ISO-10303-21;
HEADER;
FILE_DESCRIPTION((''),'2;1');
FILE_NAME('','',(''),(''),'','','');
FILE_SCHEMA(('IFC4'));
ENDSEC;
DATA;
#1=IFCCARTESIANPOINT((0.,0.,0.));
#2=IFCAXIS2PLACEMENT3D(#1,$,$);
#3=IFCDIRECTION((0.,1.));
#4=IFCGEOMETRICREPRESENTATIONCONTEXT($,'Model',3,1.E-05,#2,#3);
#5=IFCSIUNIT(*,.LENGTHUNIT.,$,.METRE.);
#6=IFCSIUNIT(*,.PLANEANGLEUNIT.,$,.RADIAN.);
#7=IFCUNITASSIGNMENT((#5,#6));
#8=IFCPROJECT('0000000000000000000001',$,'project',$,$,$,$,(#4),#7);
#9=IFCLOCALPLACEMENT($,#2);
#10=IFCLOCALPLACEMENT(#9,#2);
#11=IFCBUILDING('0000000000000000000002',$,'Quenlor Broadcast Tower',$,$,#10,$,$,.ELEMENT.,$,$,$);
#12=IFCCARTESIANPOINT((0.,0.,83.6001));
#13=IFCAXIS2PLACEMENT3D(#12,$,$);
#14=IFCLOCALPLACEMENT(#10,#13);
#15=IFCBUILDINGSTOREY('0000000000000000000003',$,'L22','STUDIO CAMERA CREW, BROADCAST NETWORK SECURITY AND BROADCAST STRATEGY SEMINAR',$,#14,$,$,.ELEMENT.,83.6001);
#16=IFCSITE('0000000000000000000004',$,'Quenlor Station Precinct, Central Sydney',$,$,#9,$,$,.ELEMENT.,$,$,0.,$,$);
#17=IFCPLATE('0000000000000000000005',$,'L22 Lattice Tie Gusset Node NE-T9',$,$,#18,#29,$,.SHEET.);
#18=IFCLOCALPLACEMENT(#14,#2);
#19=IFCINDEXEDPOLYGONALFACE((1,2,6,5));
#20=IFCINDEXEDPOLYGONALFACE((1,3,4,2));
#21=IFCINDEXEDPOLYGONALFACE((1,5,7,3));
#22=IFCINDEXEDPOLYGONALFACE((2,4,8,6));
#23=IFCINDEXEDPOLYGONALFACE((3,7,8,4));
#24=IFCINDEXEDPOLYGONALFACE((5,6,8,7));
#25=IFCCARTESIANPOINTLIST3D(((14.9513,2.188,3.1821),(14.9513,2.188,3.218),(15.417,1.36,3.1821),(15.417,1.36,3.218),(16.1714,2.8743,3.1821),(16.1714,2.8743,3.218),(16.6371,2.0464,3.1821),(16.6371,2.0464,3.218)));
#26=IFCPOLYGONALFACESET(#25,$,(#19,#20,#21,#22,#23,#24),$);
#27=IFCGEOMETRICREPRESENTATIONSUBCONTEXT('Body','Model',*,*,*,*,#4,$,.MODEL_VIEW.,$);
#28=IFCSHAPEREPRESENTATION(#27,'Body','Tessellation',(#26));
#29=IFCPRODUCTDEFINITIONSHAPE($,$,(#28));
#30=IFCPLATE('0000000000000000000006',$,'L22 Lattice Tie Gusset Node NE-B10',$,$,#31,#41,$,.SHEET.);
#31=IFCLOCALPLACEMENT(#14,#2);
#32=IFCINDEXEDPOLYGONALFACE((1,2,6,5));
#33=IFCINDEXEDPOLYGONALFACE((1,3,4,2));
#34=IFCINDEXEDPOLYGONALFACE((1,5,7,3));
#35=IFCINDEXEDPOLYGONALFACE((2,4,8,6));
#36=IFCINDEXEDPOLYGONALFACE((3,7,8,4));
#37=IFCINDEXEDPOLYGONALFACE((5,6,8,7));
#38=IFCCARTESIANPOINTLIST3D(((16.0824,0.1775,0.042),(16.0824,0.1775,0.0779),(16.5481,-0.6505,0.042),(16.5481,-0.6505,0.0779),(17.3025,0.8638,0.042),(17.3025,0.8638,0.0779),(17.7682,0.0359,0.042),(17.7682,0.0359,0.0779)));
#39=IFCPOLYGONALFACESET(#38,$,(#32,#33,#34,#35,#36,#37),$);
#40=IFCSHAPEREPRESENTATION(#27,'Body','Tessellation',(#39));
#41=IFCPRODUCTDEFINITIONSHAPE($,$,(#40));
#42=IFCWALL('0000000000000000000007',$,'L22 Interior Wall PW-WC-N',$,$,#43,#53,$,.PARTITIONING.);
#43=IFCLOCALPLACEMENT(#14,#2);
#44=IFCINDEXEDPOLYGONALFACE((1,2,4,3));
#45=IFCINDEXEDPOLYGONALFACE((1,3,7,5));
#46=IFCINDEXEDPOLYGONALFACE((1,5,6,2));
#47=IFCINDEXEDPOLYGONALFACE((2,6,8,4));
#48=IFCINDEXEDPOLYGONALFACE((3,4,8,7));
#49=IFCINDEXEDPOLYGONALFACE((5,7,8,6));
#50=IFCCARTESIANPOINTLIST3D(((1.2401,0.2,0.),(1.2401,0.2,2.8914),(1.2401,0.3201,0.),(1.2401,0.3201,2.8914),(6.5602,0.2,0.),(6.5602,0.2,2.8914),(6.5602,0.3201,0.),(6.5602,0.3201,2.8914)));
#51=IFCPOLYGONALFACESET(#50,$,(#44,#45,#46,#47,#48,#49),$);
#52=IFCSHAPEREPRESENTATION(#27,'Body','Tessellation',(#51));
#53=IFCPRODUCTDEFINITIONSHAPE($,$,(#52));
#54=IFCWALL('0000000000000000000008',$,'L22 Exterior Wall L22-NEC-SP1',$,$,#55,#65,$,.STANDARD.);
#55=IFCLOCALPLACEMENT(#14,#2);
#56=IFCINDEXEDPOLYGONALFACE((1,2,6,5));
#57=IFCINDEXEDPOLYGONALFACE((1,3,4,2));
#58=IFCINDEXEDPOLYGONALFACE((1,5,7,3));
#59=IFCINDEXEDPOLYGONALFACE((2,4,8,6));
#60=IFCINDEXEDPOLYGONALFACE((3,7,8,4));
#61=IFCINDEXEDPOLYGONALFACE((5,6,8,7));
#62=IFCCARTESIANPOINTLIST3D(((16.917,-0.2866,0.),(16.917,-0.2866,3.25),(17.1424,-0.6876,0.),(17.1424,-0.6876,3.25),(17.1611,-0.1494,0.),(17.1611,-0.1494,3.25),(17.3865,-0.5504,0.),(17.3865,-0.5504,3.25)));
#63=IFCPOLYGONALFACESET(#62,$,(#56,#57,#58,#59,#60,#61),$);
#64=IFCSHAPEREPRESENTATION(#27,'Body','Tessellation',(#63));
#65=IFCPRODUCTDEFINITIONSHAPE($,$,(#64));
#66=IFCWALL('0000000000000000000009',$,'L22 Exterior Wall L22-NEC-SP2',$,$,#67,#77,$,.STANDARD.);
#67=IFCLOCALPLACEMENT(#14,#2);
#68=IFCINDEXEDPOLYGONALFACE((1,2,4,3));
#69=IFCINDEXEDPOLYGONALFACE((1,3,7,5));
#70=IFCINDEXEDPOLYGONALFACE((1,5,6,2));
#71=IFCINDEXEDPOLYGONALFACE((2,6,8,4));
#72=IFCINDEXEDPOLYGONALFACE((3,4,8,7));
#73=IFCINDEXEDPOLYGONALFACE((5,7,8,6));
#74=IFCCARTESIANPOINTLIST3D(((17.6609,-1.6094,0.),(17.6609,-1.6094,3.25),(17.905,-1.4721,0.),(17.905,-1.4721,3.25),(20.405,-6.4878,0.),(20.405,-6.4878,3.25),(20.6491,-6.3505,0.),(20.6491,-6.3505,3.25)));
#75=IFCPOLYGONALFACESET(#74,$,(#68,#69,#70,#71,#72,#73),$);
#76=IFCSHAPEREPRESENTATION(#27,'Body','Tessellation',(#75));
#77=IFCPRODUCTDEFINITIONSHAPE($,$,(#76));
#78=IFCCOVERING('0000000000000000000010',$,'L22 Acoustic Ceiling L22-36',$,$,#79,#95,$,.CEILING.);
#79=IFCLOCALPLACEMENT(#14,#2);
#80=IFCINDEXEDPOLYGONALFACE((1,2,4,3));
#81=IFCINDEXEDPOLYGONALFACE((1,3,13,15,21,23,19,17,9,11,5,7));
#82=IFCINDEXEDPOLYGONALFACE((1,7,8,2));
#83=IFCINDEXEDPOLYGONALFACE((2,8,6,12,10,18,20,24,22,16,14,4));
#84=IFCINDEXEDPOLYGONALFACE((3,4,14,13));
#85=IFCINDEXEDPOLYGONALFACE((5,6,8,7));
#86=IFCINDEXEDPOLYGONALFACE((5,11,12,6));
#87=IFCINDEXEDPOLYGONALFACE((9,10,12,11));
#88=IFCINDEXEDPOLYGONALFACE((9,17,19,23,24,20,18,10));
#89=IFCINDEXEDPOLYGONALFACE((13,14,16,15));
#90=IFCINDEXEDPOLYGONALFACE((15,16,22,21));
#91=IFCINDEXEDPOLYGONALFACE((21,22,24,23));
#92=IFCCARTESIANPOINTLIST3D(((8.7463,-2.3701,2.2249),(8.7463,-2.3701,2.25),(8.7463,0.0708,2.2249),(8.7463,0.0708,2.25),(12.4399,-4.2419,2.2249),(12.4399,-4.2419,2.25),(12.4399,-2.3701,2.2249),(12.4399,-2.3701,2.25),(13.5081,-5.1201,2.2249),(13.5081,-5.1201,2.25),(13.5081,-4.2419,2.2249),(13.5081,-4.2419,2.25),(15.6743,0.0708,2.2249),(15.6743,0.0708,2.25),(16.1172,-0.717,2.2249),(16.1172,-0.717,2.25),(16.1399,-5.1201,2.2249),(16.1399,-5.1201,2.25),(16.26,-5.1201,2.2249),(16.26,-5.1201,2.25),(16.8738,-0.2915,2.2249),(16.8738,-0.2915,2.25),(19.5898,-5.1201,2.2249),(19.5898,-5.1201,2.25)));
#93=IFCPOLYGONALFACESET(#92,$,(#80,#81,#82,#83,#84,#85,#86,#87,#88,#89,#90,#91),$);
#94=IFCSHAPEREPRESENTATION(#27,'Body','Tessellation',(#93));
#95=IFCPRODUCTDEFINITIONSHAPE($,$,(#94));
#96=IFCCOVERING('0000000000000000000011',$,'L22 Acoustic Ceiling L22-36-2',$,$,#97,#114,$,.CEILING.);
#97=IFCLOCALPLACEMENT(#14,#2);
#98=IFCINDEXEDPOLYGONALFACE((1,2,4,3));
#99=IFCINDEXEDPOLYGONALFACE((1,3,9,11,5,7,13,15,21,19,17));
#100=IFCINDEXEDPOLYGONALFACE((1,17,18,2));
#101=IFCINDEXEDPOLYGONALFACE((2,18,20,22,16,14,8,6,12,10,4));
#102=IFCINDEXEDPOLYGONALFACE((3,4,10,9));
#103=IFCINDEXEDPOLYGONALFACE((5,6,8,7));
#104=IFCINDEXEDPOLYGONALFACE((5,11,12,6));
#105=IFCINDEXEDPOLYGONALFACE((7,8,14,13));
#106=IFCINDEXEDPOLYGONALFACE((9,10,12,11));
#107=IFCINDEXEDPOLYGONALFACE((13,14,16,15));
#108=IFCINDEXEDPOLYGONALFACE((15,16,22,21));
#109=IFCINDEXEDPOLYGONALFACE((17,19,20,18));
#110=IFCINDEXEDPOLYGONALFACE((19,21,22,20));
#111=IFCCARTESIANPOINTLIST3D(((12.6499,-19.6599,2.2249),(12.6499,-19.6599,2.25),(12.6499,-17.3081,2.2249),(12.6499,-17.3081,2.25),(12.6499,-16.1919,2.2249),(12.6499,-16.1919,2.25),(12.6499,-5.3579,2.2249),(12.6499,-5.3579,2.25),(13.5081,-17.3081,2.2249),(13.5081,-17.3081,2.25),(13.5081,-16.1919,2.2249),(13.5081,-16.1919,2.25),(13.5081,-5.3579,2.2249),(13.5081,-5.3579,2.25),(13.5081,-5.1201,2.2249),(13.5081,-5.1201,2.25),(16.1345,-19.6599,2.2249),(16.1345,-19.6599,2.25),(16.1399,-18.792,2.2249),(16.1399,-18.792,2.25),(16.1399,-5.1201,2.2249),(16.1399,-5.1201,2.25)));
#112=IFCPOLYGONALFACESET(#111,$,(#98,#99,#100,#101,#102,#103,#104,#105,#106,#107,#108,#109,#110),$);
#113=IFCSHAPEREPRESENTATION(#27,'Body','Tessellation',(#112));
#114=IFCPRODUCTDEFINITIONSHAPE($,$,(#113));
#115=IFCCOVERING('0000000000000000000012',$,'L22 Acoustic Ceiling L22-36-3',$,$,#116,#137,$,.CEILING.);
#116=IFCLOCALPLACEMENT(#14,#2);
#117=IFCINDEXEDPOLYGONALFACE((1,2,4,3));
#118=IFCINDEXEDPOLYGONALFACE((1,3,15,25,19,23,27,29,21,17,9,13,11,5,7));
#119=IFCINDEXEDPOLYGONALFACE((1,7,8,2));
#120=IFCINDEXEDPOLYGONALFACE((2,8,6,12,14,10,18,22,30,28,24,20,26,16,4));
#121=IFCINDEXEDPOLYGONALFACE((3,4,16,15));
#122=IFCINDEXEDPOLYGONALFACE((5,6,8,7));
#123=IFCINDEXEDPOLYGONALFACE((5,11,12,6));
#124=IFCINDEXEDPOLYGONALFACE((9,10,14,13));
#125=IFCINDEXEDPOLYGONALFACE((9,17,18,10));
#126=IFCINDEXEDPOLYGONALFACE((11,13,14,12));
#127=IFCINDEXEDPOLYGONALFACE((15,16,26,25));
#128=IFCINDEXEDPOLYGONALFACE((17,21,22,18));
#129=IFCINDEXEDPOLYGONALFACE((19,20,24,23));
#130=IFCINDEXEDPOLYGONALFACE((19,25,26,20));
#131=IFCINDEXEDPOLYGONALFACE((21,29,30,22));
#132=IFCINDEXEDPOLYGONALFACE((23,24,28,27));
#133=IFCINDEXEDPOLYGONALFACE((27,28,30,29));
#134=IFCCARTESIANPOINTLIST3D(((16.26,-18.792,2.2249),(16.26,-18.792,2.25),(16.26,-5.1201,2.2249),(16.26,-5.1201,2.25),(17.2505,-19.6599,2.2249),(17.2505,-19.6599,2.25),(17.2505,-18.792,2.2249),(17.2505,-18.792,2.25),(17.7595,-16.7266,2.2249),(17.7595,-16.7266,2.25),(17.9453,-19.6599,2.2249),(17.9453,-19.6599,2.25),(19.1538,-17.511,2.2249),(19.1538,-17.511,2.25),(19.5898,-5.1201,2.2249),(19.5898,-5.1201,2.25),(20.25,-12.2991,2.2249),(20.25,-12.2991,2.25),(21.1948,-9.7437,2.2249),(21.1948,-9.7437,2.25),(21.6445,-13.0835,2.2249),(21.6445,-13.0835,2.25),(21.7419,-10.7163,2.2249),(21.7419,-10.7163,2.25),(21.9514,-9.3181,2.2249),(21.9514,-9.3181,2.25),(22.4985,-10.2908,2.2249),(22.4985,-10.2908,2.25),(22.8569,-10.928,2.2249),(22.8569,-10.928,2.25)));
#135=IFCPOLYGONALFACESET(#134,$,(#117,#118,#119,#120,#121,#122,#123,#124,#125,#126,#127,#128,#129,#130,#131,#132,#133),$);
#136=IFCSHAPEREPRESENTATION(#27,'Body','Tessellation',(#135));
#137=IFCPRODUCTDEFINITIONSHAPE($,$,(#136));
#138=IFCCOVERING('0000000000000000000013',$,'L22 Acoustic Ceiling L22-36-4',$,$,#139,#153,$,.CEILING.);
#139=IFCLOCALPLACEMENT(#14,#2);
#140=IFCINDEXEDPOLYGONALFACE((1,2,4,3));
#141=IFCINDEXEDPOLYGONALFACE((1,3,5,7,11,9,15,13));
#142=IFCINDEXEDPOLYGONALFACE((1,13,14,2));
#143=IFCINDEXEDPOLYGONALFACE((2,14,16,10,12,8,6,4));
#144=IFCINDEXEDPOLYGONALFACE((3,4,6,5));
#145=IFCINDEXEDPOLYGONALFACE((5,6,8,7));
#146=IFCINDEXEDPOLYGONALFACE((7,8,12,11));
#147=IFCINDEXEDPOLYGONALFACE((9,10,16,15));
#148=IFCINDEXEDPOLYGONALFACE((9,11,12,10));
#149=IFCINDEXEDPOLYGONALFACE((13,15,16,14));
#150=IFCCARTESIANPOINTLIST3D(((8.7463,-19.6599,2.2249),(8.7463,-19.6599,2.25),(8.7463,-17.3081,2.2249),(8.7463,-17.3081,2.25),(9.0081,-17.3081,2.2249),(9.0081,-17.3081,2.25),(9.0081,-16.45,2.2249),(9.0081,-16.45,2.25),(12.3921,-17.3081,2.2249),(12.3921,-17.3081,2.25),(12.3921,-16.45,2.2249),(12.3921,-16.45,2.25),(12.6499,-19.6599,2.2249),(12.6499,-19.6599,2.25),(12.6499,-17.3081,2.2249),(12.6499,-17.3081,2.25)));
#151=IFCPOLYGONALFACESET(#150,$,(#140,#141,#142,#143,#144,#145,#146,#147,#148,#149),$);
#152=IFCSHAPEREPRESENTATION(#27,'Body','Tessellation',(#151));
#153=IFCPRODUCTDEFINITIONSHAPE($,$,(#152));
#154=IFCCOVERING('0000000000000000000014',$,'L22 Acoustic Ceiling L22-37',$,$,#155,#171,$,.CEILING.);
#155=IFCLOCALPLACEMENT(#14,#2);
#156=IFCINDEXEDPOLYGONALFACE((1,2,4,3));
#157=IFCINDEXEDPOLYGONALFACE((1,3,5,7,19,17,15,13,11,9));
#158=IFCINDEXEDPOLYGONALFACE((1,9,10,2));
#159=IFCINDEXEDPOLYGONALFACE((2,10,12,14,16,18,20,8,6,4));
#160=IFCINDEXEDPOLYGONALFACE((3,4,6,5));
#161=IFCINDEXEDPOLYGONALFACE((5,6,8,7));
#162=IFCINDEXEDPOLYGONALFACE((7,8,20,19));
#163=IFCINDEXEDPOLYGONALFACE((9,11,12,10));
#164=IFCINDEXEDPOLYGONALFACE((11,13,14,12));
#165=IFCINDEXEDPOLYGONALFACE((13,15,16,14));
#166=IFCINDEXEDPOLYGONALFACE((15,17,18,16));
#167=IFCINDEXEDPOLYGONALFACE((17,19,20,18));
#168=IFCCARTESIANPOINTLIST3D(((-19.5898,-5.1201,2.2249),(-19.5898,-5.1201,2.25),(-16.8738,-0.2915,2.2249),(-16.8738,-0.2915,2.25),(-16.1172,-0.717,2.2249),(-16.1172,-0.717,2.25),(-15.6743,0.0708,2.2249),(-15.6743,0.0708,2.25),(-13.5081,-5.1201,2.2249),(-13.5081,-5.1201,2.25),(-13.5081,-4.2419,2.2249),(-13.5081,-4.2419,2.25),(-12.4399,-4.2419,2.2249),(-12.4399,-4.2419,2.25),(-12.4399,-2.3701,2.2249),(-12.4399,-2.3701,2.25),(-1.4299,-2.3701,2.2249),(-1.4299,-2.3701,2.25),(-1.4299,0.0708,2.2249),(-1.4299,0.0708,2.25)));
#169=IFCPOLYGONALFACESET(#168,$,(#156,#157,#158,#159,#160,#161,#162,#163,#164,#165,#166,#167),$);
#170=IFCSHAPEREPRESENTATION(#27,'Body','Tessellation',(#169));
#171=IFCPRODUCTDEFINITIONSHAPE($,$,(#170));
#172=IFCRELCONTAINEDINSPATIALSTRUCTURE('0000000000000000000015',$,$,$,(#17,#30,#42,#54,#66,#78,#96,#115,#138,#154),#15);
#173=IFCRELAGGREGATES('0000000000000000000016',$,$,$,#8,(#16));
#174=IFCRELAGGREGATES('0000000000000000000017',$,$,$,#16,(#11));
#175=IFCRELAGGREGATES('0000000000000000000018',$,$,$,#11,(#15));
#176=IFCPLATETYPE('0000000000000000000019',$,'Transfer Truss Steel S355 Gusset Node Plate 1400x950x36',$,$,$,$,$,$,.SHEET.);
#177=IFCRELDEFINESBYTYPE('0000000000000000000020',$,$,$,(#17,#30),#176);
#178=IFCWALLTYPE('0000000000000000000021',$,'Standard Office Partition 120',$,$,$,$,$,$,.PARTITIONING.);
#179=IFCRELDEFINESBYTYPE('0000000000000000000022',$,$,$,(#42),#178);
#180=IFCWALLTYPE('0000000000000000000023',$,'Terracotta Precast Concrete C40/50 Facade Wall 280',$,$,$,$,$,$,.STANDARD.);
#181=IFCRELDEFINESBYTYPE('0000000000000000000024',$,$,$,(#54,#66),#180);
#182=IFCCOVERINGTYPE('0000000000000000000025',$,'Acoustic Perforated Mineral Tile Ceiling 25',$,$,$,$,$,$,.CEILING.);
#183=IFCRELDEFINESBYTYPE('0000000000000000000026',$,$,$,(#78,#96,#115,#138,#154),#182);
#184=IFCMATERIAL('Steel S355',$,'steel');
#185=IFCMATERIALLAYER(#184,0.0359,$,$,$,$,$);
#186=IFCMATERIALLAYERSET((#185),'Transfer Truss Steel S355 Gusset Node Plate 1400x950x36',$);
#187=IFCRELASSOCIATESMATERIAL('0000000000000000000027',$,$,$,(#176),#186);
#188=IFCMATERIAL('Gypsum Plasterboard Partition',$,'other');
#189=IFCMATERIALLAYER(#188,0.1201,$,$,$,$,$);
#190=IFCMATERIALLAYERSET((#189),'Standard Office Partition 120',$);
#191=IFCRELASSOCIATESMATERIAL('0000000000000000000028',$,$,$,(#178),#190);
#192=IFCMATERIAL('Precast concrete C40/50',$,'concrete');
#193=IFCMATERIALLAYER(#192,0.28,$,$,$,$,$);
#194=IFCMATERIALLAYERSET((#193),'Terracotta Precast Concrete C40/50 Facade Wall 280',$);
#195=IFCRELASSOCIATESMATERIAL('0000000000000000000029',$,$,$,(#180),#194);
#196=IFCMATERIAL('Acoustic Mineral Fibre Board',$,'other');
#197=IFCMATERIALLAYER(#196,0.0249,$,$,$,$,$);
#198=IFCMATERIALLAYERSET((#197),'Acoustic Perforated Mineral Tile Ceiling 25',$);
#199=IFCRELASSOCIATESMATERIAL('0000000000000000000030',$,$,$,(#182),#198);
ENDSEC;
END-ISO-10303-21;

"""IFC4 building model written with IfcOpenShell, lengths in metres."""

from ifc_helpers import new_model, si_unit, direction, frame, frame_2d, origin, origin_2d, place, context, subcontext, project, spatial, polyline, rectangle, outline, extrude, material, layer, layer_set, type_object, element, save


model = new_model("IFC4")

# Units and contexts
model_context = context("Model", 3, precision=1e-05, world=origin(), true_north=direction((0.0, 1.0)))
body_context = subcontext(model_context, "Body", "Model", "MODEL_VIEW")
ifc_project = project(units=[si_unit("LENGTHUNIT", "METRE"), si_unit("PLANEANGLEUNIT", "RADIAN")], contexts=[model_context])

# Site, building, storey
site_placement = place(None, origin())
site = spatial("IfcSite", under=ifc_project, at=site_placement, Name="Quenlor Station Precinct, Central Sydney", CompositionType="ELEMENT", RefElevation=0.0)
building_placement = place(site_placement, origin())
building = spatial("IfcBuilding", under=site, at=building_placement, Name="Quenlor Broadcast Tower", CompositionType="ELEMENT")
storey_placement = place(building_placement, frame((0.0, 0.0, 83.6001)))
storey = spatial("IfcBuildingStorey", under=building, at=storey_placement, Name="L22", Description="STUDIO CAMERA CREW, BROADCAST NETWORK SECURITY AND BROADCAST STRATEGY SEMINAR", CompositionType="ELEMENT", Elevation=83.6001)

# Plates
ifc_material_1 = material(Name="Steel S355", Category="steel")
ifc_layer_1 = layer(ifc_material_1, 0.0359)
ifc_layer_set_1 = layer_set([ifc_layer_1], Name="Transfer Truss Steel S355 Gusset Node Plate 1400x950x36")
plate_type_1 = type_object("IfcPlateType", Name="Transfer Truss Steel S355 Gusset Node Plate 1400x950x36", PredefinedType="SHEET", material=ifc_layer_set_1)
for number, where, z_axis, x_axis, name in (
    (1, (15.7942, 2.1172, 3.1821), (0.0, 0.0, 1.0), (0.871556, 0.490295, 0.0), "L22 Lattice Tie Gusset Node NE-T9"),
    (2, (16.9253, 0.1067, 0.042), (0.0, 0.0, 1.0), (0.871556, 0.490295, 0.0), "L22 Lattice Tie Gusset Node NE-B10"),
):
    element("IfcPlate", number, at=place(storey_placement, frame(where, z_axis=z_axis, x_axis=x_axis)), inside=storey, type_object=plate_type_1, Name=name, PredefinedType="SHEET", context=body_context, shape_type="SweptSolid", body=[
        extrude(rectangle(XDim=1.3999, YDim=0.95, at=origin_2d()), origin(), (0.0, 0.0, 1.0), 0.0359),
    ])

# Walls
ifc_material_2 = material(Name="Gypsum Plasterboard Partition", Category="other")
ifc_layer_2 = layer(ifc_material_2, 0.1201)
ifc_layer_set_2 = layer_set([ifc_layer_2], Name="Standard Office Partition 120")
wall_type_1 = type_object("IfcWallType", Name="Standard Office Partition 120", PredefinedType="PARTITIONING", material=ifc_layer_set_2)
wall_1_placement = place(storey_placement, frame((1.24, 0.26, 0.0), z_axis=(0.0, 0.0, 1.0), x_axis=(1.0, 0.0, 0.0)))
element("IfcWall", 3, at=wall_1_placement, inside=storey, type_object=wall_type_1, Name="L22 Interior Wall PW-WC-N", PredefinedType="PARTITIONING", context=body_context, shape_type="SweptSolid", body=[
    extrude(rectangle(XDim=5.3201, YDim=0.1201, at=frame_2d((2.6602, 0.0))), origin(), (0.0, 0.0, 1.0), 2.8914),
])
ifc_material_3 = material(Name="Precast concrete C40/50", Category="concrete")
ifc_layer_3 = layer(ifc_material_3, 0.28)
ifc_layer_set_3 = layer_set([ifc_layer_3], Name="Terracotta Precast Concrete C40/50 Facade Wall 280")
wall_type_2 = type_object("IfcWallType", Name="Terracotta Precast Concrete C40/50 Facade Wall 280", PredefinedType="STANDARD", material=ifc_layer_set_3)
wall_2_placement = place(storey_placement, frame((17.0391, -0.218, 0.0), z_axis=(0.0, 0.0, 1.0), x_axis=(0.490009, -0.871717, 0.0)))
element("IfcWall", 4, at=wall_2_placement, inside=storey, type_object=wall_type_2, Name="L22 Exterior Wall L22-NEC-SP1", PredefinedType="STANDARD", context=body_context, shape_type="SweptSolid", body=[
    extrude(rectangle(XDim=0.46, YDim=0.28, at=frame_2d((0.23, 0.0))), origin(), (0.0, 0.0, 1.0), 3.25),
])
wall_3_placement = place(storey_placement, frame((17.783, -1.5408, 0.0), z_axis=(0.0, 0.0, 1.0), x_axis=(0.490265, -0.871573, 0.0)))
element("IfcWall", 5, at=wall_3_placement, inside=storey, type_object=wall_type_2, Name="L22 Exterior Wall L22-NEC-SP2", PredefinedType="STANDARD", context=body_context, shape_type="SweptSolid", body=[
    extrude(rectangle(XDim=5.5972, YDim=0.28, at=frame_2d((2.7986, 0.0))), origin(), (0.0, 0.0, 1.0), 3.25),
])

# Coverings
ifc_material_4 = material(Name="Acoustic Mineral Fibre Board", Category="other")
ifc_layer_4 = layer(ifc_material_4, 0.0249)
ifc_layer_set_4 = layer_set([ifc_layer_4], Name="Acoustic Perforated Mineral Tile Ceiling 25")
covering_type = type_object("IfcCoveringType", Name="Acoustic Perforated Mineral Tile Ceiling 25", PredefinedType="CEILING", material=ifc_layer_set_4)
covering_1_placement = place(storey_placement, frame((0.0, 0.0, 2.2249)))
element("IfcCovering", 6, at=covering_1_placement, inside=storey, type_object=covering_type, Name="L22 Acoustic Ceiling L22-36", PredefinedType="CEILING", context=body_context, shape_type="SweptSolid", body=[
    extrude(outline(polyline([(13.5081, -4.2419), (12.4399, -4.2419), (12.4399, -2.3701), (8.7463, -2.3701), (8.7463, 0.0708), (15.6743, 0.0708), (16.1172, -0.717), (16.8738, -0.2915), (19.5898, -5.1201), (16.26, -5.1201), (16.1399, -5.1201), (13.5081, -5.1201), (13.5081, -4.2419)])), origin(), (0.0, 0.0, 1.0), 0.0251),
])
covering_2_placement = place(storey_placement, frame((0.0, 0.0, 2.2249)))
element("IfcCovering", 7, at=covering_2_placement, inside=storey, type_object=covering_type, Name="L22 Acoustic Ceiling L22-36-2", PredefinedType="CEILING", context=body_context, shape_type="SweptSolid", body=[
    extrude(outline(polyline([(13.5081, -5.1201), (16.1399, -5.1201), (16.1399, -18.792), (16.1345, -19.6599), (12.6499, -19.6599), (12.6499, -17.3081), (13.5081, -17.3081), (13.5081, -16.1919), (12.6499, -16.1919), (12.6499, -5.3579), (13.5081, -5.3579), (13.5081, -5.1201)])), origin(), (0.0, 0.0, 1.0), 0.0251),
])
covering_3_placement = place(storey_placement, frame((0.0, 0.0, 2.2249)))
element("IfcCovering", 8, at=covering_3_placement, inside=storey, type_object=covering_type, Name="L22 Acoustic Ceiling L22-36-3", PredefinedType="CEILING", context=body_context, shape_type="SweptSolid", body=[
    extrude(outline(polyline([(21.9514, -9.3181), (21.1948, -9.7437), (21.7419, -10.7163), (22.4985, -10.2908), (22.8569, -10.928), (21.6445, -13.0835), (20.25, -12.2991), (17.7595, -16.7266), (19.1538, -17.511), (17.9453, -19.6599), (17.2505, -19.6599), (17.2505, -18.792), (16.26, -18.792), (16.26, -5.1201), (19.5898, -5.1201), (21.9514, -9.3181)])), origin(), (0.0, 0.0, 1.0), 0.0251),
])
covering_4_placement = place(storey_placement, frame((0.0, 0.0, 2.2249)))
element("IfcCovering", 9, at=covering_4_placement, inside=storey, type_object=covering_type, Name="L22 Acoustic Ceiling L22-36-4", PredefinedType="CEILING", context=body_context, shape_type="SweptSolid", body=[
    extrude(outline(polyline([(8.7463, -19.6599), (8.7463, -17.3081), (9.0081, -17.3081), (9.0081, -16.45), (12.3921, -16.45), (12.3921, -17.3081), (12.6499, -17.3081), (12.6499, -19.6599), (8.7463, -19.6599)])), origin(), (0.0, 0.0, 1.0), 0.0251),
])
covering_5_placement = place(storey_placement, frame((0.0, 0.0, 2.2249)))
element("IfcCovering", 10, at=covering_5_placement, inside=storey, type_object=covering_type, Name="L22 Acoustic Ceiling L22-37", PredefinedType="CEILING", context=body_context, shape_type="SweptSolid", body=[
    extrude(outline(polyline([(-12.4399, -2.3701), (-12.4399, -4.2419), (-13.5081, -4.2419), (-13.5081, -5.1201), (-19.5898, -5.1201), (-16.8738, -0.2915), (-16.1172, -0.717), (-15.6743, 0.0708), (-1.4299, 0.0708), (-1.4299, -2.3701), (-12.4399, -2.3701)])), origin(), (0.0, 0.0, 1.0), 0.0251),
])

save(model, "model.ifc")
